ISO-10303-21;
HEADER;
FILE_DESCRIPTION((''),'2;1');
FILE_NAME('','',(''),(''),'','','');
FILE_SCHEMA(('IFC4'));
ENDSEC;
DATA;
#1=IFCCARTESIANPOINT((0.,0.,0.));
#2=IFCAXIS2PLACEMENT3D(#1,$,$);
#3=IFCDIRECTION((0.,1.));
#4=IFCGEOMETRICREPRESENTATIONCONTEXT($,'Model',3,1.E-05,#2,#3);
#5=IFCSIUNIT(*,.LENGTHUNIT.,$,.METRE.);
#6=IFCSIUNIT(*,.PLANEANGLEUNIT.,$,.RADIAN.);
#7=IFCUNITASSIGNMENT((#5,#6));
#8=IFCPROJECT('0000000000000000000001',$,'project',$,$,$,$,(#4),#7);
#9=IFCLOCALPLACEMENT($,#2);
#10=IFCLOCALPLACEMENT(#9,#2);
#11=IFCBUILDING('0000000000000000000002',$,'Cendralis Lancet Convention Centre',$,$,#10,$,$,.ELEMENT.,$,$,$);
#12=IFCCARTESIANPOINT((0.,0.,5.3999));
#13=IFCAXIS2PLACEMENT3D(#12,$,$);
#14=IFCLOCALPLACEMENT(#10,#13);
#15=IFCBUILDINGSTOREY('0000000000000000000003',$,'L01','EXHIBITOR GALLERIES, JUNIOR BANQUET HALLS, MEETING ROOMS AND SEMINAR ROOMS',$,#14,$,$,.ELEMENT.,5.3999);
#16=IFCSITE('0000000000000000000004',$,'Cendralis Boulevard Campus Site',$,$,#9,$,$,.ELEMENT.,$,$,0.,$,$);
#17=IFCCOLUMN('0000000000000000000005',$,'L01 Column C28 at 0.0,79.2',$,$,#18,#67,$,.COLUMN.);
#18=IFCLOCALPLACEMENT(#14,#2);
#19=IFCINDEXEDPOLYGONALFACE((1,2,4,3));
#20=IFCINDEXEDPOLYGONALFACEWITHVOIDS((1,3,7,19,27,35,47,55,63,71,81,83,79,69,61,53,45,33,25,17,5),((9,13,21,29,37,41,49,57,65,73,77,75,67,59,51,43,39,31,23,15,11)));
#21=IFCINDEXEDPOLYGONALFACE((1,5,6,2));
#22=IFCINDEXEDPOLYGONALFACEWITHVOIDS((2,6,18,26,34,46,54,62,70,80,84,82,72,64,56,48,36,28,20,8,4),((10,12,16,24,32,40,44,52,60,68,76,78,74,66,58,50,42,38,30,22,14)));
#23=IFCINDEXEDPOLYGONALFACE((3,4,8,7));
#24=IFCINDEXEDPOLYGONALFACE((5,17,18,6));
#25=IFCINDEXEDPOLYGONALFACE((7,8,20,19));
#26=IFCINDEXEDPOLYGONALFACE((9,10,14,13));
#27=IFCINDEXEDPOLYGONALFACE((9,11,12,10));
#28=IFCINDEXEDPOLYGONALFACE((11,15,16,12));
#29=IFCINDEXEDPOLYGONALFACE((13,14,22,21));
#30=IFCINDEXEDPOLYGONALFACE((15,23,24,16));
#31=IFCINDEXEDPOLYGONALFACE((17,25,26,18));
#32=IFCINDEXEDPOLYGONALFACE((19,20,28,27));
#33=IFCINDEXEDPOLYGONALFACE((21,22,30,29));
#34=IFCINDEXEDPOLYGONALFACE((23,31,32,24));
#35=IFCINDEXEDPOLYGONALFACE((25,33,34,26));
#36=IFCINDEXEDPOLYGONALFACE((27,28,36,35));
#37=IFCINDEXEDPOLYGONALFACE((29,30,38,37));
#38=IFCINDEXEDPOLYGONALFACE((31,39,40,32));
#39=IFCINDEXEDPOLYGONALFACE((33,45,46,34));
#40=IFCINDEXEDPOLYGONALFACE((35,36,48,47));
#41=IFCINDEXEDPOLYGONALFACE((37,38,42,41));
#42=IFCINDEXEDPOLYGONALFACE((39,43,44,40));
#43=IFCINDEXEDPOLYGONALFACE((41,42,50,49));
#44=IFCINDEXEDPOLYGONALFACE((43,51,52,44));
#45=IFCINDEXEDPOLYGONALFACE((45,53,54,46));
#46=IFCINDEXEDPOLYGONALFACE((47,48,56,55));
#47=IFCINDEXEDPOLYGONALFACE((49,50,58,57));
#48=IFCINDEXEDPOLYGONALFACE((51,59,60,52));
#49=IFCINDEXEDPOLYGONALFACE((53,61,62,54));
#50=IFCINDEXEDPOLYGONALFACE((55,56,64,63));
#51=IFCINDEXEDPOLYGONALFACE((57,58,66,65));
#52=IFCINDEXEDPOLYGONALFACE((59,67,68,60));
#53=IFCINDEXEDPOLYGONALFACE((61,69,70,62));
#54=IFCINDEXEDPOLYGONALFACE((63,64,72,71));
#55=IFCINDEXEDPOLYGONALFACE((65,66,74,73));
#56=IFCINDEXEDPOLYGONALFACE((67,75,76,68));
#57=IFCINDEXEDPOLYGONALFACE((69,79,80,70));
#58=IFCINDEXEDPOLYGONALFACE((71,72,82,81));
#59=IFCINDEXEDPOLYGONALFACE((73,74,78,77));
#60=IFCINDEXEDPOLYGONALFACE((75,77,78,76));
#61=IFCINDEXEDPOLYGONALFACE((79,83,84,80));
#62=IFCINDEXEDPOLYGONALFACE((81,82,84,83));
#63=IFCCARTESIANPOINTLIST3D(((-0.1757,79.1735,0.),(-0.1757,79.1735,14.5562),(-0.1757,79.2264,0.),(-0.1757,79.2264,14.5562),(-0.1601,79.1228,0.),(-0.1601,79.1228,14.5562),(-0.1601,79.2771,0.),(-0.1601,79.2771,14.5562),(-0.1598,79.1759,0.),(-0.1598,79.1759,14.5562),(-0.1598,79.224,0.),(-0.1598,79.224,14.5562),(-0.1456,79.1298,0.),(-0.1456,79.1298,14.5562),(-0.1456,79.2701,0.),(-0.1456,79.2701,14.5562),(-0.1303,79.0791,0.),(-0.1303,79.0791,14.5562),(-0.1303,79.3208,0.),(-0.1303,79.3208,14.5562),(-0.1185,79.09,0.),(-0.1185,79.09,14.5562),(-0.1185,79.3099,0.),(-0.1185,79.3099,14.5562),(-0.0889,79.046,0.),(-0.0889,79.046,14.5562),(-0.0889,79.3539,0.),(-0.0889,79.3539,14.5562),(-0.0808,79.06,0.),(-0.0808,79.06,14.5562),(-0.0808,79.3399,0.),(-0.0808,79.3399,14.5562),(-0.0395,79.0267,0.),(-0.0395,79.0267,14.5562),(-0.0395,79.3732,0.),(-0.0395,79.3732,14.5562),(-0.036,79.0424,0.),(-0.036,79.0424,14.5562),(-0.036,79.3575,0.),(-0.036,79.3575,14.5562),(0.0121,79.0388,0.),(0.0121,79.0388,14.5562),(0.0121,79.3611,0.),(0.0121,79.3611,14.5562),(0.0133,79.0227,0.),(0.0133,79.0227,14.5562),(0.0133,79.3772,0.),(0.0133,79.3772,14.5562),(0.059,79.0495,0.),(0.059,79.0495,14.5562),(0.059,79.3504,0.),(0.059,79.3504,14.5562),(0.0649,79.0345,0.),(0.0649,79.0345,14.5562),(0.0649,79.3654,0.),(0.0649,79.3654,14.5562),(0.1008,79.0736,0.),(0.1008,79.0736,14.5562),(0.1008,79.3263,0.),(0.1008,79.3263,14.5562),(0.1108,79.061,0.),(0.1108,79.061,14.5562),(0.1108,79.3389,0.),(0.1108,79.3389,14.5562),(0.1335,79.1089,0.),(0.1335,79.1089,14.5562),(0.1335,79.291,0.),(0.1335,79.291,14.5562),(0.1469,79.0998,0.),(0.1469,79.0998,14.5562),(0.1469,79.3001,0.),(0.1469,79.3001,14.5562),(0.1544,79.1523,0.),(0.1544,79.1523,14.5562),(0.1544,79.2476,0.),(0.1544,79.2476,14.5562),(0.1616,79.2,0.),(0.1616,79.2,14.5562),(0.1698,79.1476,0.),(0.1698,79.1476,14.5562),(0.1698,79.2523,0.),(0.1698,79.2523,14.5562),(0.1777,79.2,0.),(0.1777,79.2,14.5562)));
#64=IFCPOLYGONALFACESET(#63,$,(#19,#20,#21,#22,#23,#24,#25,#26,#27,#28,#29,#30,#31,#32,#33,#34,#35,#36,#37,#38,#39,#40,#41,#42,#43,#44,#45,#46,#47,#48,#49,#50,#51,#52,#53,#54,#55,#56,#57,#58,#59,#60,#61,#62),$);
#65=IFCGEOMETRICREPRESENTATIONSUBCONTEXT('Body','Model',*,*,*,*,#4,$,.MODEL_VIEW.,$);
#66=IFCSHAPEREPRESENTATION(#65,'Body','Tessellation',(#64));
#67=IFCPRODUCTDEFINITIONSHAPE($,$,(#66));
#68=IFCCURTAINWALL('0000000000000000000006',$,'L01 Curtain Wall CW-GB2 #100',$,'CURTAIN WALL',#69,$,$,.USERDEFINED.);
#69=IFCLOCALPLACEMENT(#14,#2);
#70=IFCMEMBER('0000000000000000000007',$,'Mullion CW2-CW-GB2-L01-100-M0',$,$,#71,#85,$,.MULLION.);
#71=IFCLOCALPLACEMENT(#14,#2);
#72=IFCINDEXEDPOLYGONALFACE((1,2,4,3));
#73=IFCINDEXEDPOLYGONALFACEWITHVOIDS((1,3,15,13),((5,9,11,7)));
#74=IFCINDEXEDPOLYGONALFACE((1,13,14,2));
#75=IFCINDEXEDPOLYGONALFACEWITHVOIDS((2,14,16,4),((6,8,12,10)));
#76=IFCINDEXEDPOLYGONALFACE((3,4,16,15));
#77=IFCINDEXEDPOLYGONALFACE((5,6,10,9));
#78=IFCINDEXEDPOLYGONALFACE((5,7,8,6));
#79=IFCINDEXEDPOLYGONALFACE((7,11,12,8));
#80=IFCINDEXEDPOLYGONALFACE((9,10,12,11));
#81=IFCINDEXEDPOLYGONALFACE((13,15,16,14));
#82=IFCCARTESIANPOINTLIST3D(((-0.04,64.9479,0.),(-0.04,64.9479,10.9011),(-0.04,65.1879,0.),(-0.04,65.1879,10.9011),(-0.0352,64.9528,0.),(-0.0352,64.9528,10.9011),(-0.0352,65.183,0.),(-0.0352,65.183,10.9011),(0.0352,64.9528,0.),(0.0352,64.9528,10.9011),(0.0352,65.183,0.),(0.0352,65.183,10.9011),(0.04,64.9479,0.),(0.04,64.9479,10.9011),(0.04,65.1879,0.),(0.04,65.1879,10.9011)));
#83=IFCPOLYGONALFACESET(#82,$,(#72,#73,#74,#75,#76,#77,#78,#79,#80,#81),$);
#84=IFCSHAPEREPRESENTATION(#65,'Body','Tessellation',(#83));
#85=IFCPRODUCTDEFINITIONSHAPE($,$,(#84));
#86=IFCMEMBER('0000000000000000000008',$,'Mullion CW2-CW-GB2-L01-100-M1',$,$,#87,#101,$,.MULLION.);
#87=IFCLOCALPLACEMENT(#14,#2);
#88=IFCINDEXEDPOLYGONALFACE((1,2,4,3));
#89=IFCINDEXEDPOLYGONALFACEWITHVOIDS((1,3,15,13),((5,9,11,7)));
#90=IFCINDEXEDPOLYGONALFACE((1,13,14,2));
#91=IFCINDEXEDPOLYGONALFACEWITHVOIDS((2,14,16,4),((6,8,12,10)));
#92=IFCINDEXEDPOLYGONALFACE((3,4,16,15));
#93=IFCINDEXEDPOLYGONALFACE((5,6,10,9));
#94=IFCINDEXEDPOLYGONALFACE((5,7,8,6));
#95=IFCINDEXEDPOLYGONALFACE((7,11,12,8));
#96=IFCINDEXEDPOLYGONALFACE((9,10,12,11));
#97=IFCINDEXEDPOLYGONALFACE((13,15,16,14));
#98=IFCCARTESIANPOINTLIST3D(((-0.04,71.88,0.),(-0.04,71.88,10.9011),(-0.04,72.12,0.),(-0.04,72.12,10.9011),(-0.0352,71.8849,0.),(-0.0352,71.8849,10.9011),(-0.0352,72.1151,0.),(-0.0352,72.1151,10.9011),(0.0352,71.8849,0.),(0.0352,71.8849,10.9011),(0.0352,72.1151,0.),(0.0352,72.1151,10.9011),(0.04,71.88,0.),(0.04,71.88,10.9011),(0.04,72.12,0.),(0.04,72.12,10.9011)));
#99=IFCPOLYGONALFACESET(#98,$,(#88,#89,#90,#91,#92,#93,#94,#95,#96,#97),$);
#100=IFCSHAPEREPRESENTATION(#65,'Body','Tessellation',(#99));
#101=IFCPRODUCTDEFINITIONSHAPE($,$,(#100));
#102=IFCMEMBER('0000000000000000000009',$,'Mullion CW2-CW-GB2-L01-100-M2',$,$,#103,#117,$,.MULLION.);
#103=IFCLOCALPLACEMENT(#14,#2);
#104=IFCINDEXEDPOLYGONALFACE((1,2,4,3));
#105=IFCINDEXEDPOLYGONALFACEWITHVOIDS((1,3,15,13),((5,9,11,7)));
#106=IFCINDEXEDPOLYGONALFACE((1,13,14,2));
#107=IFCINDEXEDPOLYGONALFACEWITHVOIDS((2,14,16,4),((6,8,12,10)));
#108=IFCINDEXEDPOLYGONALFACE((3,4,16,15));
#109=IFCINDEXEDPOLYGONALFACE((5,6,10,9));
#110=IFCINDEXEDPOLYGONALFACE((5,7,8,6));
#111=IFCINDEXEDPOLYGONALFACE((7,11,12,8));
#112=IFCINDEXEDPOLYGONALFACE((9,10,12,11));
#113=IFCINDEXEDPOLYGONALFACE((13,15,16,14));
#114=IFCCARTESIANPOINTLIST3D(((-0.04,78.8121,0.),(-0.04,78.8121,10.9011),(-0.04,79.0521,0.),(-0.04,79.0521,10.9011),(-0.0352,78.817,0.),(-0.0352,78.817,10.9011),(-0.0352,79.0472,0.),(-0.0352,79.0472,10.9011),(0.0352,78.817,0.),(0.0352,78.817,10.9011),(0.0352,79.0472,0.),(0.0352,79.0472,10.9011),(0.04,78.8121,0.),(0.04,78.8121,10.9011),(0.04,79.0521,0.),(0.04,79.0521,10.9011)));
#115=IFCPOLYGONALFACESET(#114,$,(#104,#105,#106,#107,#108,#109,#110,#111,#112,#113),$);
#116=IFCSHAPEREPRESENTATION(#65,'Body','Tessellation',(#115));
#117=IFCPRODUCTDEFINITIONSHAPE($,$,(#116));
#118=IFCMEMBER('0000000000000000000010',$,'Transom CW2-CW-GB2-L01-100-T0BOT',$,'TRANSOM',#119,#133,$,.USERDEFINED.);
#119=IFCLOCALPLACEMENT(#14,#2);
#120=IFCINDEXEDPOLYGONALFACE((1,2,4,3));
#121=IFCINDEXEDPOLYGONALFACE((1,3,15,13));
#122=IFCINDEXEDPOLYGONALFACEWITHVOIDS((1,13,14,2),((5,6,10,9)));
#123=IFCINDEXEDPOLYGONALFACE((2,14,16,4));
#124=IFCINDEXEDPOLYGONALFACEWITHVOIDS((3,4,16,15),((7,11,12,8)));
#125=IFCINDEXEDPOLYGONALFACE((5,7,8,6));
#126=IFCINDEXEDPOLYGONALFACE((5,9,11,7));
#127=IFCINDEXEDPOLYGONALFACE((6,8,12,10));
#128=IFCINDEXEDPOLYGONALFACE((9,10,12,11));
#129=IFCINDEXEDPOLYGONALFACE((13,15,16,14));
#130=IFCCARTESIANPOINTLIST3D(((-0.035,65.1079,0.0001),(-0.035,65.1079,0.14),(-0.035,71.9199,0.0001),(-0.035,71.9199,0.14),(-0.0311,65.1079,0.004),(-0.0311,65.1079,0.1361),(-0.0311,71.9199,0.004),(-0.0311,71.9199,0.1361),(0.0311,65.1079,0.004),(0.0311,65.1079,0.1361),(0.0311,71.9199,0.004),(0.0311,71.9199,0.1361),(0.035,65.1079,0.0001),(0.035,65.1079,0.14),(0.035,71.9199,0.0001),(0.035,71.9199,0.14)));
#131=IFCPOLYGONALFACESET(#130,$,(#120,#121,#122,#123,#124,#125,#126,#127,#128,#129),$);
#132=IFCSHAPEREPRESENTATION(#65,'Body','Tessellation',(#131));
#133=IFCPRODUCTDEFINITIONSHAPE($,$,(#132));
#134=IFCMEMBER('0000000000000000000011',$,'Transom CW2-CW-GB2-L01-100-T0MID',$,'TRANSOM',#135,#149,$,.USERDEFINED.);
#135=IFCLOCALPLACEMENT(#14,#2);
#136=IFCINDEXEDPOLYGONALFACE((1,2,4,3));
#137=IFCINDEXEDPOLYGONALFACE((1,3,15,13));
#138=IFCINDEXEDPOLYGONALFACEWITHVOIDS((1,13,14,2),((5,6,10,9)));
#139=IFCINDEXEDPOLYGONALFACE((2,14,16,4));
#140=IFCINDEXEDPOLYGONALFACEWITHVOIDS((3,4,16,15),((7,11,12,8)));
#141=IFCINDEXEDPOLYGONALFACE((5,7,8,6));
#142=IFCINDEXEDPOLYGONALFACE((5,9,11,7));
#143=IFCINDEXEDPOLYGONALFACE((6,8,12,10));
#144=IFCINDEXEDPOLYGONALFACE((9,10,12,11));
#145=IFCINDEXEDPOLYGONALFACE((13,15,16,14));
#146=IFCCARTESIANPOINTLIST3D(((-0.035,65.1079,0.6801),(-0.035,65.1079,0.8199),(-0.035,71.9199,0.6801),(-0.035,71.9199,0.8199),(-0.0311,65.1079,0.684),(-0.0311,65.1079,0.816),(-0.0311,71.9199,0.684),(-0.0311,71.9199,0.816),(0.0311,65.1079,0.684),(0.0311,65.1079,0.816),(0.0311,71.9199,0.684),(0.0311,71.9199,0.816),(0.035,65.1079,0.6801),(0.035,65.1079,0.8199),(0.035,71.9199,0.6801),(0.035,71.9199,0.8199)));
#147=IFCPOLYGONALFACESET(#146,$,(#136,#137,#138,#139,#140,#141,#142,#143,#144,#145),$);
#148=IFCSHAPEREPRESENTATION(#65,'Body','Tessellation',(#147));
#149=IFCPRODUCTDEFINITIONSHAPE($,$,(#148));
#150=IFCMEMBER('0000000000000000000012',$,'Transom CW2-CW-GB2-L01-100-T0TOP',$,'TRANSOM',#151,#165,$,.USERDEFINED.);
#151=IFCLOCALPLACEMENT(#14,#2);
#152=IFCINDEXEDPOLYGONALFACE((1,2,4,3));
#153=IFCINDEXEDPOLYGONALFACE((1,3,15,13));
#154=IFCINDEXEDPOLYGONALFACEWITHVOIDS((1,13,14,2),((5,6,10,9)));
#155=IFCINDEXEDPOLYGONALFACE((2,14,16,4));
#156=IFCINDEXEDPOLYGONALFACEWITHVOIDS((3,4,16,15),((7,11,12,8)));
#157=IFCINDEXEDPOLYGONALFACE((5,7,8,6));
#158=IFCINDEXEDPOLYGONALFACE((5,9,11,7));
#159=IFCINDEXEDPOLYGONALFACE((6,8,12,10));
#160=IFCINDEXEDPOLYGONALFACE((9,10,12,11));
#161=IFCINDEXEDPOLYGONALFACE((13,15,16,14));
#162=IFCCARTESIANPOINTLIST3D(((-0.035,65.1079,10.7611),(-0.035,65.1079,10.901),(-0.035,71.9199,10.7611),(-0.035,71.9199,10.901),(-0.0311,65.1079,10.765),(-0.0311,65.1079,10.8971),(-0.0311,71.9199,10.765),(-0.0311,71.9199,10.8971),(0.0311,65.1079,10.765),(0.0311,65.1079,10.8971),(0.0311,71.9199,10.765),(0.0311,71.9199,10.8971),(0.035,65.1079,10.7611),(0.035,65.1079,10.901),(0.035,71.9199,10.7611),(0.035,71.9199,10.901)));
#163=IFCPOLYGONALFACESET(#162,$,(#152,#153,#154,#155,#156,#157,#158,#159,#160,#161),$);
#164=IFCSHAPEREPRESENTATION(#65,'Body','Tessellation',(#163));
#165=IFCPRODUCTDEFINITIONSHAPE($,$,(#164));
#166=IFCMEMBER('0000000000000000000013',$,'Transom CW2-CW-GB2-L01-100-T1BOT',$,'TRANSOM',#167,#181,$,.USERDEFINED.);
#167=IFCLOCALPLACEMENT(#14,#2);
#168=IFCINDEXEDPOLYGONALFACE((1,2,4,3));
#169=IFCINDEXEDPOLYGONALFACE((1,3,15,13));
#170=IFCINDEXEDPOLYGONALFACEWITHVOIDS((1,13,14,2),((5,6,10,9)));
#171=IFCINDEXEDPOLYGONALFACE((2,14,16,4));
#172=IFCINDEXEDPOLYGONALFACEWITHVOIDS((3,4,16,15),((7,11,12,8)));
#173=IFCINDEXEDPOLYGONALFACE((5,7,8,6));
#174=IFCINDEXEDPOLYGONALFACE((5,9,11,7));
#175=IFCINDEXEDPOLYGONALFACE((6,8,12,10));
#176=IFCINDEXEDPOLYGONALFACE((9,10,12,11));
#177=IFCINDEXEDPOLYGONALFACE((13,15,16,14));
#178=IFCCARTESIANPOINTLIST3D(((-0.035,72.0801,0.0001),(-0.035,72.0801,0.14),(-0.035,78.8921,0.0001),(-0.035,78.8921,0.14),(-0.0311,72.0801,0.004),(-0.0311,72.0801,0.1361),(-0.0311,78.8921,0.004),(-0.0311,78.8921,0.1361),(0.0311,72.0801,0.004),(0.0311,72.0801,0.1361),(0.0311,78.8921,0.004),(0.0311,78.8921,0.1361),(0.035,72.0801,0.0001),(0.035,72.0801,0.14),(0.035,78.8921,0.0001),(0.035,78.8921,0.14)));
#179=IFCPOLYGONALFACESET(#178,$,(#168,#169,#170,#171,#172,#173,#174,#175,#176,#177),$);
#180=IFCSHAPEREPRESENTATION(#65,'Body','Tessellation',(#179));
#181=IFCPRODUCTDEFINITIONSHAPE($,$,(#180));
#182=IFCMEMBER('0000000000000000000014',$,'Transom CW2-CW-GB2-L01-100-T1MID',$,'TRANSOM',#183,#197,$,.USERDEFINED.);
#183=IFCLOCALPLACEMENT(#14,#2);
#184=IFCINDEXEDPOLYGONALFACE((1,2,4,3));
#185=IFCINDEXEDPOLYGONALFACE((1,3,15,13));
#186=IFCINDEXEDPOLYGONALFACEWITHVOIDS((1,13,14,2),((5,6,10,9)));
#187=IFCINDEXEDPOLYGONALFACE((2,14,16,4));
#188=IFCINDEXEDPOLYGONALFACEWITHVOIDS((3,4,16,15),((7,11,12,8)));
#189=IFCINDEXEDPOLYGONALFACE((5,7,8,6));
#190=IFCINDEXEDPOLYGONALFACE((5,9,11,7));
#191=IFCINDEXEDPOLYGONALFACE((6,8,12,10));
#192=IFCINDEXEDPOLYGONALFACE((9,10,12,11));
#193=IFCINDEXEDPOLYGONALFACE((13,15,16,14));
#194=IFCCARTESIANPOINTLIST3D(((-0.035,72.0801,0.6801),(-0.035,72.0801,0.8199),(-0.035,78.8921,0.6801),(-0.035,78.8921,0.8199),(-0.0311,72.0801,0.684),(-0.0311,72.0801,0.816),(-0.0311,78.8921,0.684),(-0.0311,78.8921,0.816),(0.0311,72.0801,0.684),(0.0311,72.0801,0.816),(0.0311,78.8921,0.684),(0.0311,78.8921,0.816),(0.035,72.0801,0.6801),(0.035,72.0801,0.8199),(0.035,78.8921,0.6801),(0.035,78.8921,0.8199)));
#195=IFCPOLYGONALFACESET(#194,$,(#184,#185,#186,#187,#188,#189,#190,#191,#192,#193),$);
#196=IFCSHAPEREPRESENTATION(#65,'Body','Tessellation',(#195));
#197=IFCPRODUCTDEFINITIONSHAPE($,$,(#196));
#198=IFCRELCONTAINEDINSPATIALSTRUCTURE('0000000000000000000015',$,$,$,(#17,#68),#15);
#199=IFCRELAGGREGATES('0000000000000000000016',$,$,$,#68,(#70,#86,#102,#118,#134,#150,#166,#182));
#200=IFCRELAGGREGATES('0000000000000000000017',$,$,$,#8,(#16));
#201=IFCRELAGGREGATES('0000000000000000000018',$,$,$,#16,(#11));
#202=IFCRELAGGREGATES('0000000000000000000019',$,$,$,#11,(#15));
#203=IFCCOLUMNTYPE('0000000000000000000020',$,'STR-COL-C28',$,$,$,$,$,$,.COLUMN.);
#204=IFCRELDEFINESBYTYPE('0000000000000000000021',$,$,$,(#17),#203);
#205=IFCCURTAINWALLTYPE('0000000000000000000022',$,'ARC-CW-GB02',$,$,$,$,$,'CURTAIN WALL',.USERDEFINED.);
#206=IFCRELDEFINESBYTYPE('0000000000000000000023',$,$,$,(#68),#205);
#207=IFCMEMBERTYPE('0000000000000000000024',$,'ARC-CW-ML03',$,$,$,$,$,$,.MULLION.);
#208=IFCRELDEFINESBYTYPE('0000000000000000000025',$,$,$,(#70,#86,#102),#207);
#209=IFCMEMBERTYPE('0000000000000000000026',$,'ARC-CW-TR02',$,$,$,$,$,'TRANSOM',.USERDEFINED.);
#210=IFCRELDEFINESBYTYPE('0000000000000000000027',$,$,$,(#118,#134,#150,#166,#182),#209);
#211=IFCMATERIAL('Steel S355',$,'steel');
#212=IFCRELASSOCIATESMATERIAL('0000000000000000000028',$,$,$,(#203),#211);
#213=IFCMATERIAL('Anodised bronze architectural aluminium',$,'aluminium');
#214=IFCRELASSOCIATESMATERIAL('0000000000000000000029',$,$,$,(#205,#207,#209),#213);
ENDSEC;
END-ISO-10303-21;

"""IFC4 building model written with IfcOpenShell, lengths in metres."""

from ifc_helpers import new_model, si_unit, direction, frame, origin, origin_2d, place, context, subcontext, project, spatial, hollow_rectangle, hollow_circle, extrude, material, material_profile, profile_set, type_object, element, aggregate, save


model = new_model("IFC4")

# Units and contexts
model_context = context("Model", 3, precision=1e-05, world=origin(), true_north=direction((0.0, 1.0)))
body_context = subcontext(model_context, "Body", "Model", "MODEL_VIEW")
ifc_project = project(units=[si_unit("LENGTHUNIT", "METRE"), si_unit("PLANEANGLEUNIT", "RADIAN")], contexts=[model_context])

# Site, building, storey
site_placement = place(None, origin())
site = spatial("IfcSite", under=ifc_project, at=site_placement, Name="Cendralis Boulevard Campus Site", CompositionType="ELEMENT", RefElevation=0.0)
building_placement = place(site_placement, origin())
building = spatial("IfcBuilding", under=site, at=building_placement, Name="Cendralis Lancet Convention Centre", CompositionType="ELEMENT")
storey_placement = place(building_placement, frame((0.0, 0.0, 5.3999)))
storey = spatial("IfcBuildingStorey", under=building, at=storey_placement, Name="L01", Description="EXHIBITOR GALLERIES, JUNIOR BANQUET HALLS, MEETING ROOMS AND SEMINAR ROOMS", CompositionType="ELEMENT", Elevation=5.3999)

# Column
ifc_material_1 = material(Name="Steel S355", Category="steel")
ifc_material_profile_1 = material_profile(ifc_material_1, hollow_circle(Radius=0.1777, WallThickness=0.0161, at=origin_2d()), Name="CHS 355.6x16.0")
ifc_profile_set_1 = profile_set([ifc_material_profile_1], Name="Steel S355")
column_type = type_object("IfcColumnType", Name="STR-COL-C28", PredefinedType="COLUMN", material=ifc_profile_set_1)
column_placement = place(storey_placement, frame((0.0, 79.2, 0.0), z_axis=(0.0, 0.0, 1.0), x_axis=(1.0, 0.0, 0.0)))
element("IfcColumn", 1, at=column_placement, inside=storey, type_object=column_type, Name="L01 Column C28 at 0.0,79.2", PredefinedType="COLUMN", context=body_context, shape_type="SweptSolid", body=[
    extrude(hollow_circle(Radius=0.1777, WallThickness=0.0161, at=origin_2d()), origin(), (0.0, 0.0, 1.0), 14.5562),
])

# Curtain wall, members
ifc_material_2 = material(Name="Anodised bronze architectural aluminium", Category="aluminium")
curtain_wall_type = type_object("IfcCurtainWallType", Name="ARC-CW-GB02", ElementType="CURTAIN WALL", PredefinedType="USERDEFINED", material=ifc_material_2)
curtain_wall_placement = place(storey_placement, origin())
curtain_wall = element("IfcCurtainWall", 2, at=curtain_wall_placement, inside=storey, type_object=curtain_wall_type, Name="L01 Curtain Wall CW-GB2 #100", ObjectType="CURTAIN WALL", PredefinedType="USERDEFINED")
ifc_material_profile_2 = material_profile(ifc_material_2, hollow_rectangle(XDim=0.0801, YDim=0.24, WallThickness=0.0049, at=origin_2d()), Name="AL-MULL 80x240x5.0")
ifc_profile_set_2 = profile_set([ifc_material_profile_2], Name="Anodised bronze architectural aluminium")
member_type_1 = type_object("IfcMemberType", Name="ARC-CW-ML03", PredefinedType="MULLION", material=ifc_profile_set_2)
member_1_placement = place(storey_placement, frame((0.0, 65.0679, 0.0), z_axis=(0.0, 0.0, 1.0), x_axis=(1.0, 0.0, 0.0)))
member_1 = element("IfcMember", 3, at=member_1_placement, type_object=member_type_1, Name="Mullion CW2-CW-GB2-L01-100-M0", PredefinedType="MULLION", context=body_context, shape_type="SweptSolid", body=[
    extrude(hollow_rectangle(XDim=0.0801, YDim=0.24, WallThickness=0.0049, at=origin_2d()), origin(), (0.0, 0.0, 1.0), 10.9011),
])
member_2_placement = place(storey_placement, frame((0.0, 72.0, 0.0), z_axis=(0.0, 0.0, 1.0), x_axis=(1.0, 0.0, 0.0)))
member_2 = element("IfcMember", 4, at=member_2_placement, type_object=member_type_1, Name="Mullion CW2-CW-GB2-L01-100-M1", PredefinedType="MULLION", context=body_context, shape_type="SweptSolid", body=[
    extrude(hollow_rectangle(XDim=0.0801, YDim=0.24, WallThickness=0.0049, at=origin_2d()), origin(), (0.0, 0.0, 1.0), 10.9011),
])
member_3_placement = place(storey_placement, frame((0.0, 78.9321, 0.0), z_axis=(0.0, 0.0, 1.0), x_axis=(1.0, 0.0, 0.0)))
member_3 = element("IfcMember", 5, at=member_3_placement, type_object=member_type_1, Name="Mullion CW2-CW-GB2-L01-100-M2", PredefinedType="MULLION", context=body_context, shape_type="SweptSolid", body=[
    extrude(hollow_rectangle(XDim=0.0801, YDim=0.24, WallThickness=0.0049, at=origin_2d()), origin(), (0.0, 0.0, 1.0), 10.9011),
])
ifc_material_profile_3 = material_profile(ifc_material_2, hollow_rectangle(XDim=0.0701, YDim=0.1399, WallThickness=0.0039, at=origin_2d()), Name="AL-TRAN 70x140x4.0")
ifc_profile_set_3 = profile_set([ifc_material_profile_3], Name="Anodised bronze architectural aluminium")
member_type_2 = type_object("IfcMemberType", Name="ARC-CW-TR02", ElementType="TRANSOM", PredefinedType="USERDEFINED", material=ifc_profile_set_3)
member_4_placement = place(storey_placement, frame((0.0, 65.1079, 0.0701), z_axis=(0.0, 1.0, 0.0), x_axis=(-1.0, 0.0, 0.0)))
member_4 = element("IfcMember", 6, at=member_4_placement, type_object=member_type_2, Name="Transom CW2-CW-GB2-L01-100-T0BOT", ObjectType="TRANSOM", PredefinedType="USERDEFINED", context=body_context, shape_type="SweptSolid", body=[
    extrude(hollow_rectangle(XDim=0.0701, YDim=0.1399, WallThickness=0.0039, at=origin_2d()), origin(), (0.0, 0.0, 1.0), 6.812),
])
member_5_placement = place(storey_placement, frame((0.0, 65.1079, 0.75), z_axis=(0.0, 1.0, 0.0), x_axis=(-1.0, 0.0, 0.0)))
member_5 = element("IfcMember", 7, at=member_5_placement, type_object=member_type_2, Name="Transom CW2-CW-GB2-L01-100-T0MID", ObjectType="TRANSOM", PredefinedType="USERDEFINED", context=body_context, shape_type="SweptSolid", body=[
    extrude(hollow_rectangle(XDim=0.0701, YDim=0.1399, WallThickness=0.0039, at=origin_2d()), origin(), (0.0, 0.0, 1.0), 6.812),
])
member_6_placement = place(storey_placement, frame((0.0, 65.1079, 10.8311), z_axis=(0.0, 1.0, 0.0), x_axis=(-1.0, 0.0, 0.0)))
member_6 = element("IfcMember", 8, at=member_6_placement, type_object=member_type_2, Name="Transom CW2-CW-GB2-L01-100-T0TOP", ObjectType="TRANSOM", PredefinedType="USERDEFINED", context=body_context, shape_type="SweptSolid", body=[
    extrude(hollow_rectangle(XDim=0.0701, YDim=0.1399, WallThickness=0.0039, at=origin_2d()), origin(), (0.0, 0.0, 1.0), 6.812),
])
member_7_placement = place(storey_placement, frame((0.0, 72.0801, 0.0701), z_axis=(0.0, 1.0, 0.0), x_axis=(-1.0, 0.0, 0.0)))
member_7 = element("IfcMember", 9, at=member_7_placement, type_object=member_type_2, Name="Transom CW2-CW-GB2-L01-100-T1BOT", ObjectType="TRANSOM", PredefinedType="USERDEFINED", context=body_context, shape_type="SweptSolid", body=[
    extrude(hollow_rectangle(XDim=0.0701, YDim=0.1399, WallThickness=0.0039, at=origin_2d()), origin(), (0.0, 0.0, 1.0), 6.812),
])
member_8_placement = place(storey_placement, frame((0.0, 72.0801, 0.75), z_axis=(0.0, 1.0, 0.0), x_axis=(-1.0, 0.0, 0.0)))
member_8 = element("IfcMember", 10, at=member_8_placement, type_object=member_type_2, Name="Transom CW2-CW-GB2-L01-100-T1MID", ObjectType="TRANSOM", PredefinedType="USERDEFINED", context=body_context, shape_type="SweptSolid", body=[
    extrude(hollow_rectangle(XDim=0.0701, YDim=0.1399, WallThickness=0.0039, at=origin_2d()), origin(), (0.0, 0.0, 1.0), 6.812),
])

aggregate(curtain_wall, [member_1, member_2, member_3, member_4, member_5, member_6, member_7, member_8])

save(model, "model.ifc")
